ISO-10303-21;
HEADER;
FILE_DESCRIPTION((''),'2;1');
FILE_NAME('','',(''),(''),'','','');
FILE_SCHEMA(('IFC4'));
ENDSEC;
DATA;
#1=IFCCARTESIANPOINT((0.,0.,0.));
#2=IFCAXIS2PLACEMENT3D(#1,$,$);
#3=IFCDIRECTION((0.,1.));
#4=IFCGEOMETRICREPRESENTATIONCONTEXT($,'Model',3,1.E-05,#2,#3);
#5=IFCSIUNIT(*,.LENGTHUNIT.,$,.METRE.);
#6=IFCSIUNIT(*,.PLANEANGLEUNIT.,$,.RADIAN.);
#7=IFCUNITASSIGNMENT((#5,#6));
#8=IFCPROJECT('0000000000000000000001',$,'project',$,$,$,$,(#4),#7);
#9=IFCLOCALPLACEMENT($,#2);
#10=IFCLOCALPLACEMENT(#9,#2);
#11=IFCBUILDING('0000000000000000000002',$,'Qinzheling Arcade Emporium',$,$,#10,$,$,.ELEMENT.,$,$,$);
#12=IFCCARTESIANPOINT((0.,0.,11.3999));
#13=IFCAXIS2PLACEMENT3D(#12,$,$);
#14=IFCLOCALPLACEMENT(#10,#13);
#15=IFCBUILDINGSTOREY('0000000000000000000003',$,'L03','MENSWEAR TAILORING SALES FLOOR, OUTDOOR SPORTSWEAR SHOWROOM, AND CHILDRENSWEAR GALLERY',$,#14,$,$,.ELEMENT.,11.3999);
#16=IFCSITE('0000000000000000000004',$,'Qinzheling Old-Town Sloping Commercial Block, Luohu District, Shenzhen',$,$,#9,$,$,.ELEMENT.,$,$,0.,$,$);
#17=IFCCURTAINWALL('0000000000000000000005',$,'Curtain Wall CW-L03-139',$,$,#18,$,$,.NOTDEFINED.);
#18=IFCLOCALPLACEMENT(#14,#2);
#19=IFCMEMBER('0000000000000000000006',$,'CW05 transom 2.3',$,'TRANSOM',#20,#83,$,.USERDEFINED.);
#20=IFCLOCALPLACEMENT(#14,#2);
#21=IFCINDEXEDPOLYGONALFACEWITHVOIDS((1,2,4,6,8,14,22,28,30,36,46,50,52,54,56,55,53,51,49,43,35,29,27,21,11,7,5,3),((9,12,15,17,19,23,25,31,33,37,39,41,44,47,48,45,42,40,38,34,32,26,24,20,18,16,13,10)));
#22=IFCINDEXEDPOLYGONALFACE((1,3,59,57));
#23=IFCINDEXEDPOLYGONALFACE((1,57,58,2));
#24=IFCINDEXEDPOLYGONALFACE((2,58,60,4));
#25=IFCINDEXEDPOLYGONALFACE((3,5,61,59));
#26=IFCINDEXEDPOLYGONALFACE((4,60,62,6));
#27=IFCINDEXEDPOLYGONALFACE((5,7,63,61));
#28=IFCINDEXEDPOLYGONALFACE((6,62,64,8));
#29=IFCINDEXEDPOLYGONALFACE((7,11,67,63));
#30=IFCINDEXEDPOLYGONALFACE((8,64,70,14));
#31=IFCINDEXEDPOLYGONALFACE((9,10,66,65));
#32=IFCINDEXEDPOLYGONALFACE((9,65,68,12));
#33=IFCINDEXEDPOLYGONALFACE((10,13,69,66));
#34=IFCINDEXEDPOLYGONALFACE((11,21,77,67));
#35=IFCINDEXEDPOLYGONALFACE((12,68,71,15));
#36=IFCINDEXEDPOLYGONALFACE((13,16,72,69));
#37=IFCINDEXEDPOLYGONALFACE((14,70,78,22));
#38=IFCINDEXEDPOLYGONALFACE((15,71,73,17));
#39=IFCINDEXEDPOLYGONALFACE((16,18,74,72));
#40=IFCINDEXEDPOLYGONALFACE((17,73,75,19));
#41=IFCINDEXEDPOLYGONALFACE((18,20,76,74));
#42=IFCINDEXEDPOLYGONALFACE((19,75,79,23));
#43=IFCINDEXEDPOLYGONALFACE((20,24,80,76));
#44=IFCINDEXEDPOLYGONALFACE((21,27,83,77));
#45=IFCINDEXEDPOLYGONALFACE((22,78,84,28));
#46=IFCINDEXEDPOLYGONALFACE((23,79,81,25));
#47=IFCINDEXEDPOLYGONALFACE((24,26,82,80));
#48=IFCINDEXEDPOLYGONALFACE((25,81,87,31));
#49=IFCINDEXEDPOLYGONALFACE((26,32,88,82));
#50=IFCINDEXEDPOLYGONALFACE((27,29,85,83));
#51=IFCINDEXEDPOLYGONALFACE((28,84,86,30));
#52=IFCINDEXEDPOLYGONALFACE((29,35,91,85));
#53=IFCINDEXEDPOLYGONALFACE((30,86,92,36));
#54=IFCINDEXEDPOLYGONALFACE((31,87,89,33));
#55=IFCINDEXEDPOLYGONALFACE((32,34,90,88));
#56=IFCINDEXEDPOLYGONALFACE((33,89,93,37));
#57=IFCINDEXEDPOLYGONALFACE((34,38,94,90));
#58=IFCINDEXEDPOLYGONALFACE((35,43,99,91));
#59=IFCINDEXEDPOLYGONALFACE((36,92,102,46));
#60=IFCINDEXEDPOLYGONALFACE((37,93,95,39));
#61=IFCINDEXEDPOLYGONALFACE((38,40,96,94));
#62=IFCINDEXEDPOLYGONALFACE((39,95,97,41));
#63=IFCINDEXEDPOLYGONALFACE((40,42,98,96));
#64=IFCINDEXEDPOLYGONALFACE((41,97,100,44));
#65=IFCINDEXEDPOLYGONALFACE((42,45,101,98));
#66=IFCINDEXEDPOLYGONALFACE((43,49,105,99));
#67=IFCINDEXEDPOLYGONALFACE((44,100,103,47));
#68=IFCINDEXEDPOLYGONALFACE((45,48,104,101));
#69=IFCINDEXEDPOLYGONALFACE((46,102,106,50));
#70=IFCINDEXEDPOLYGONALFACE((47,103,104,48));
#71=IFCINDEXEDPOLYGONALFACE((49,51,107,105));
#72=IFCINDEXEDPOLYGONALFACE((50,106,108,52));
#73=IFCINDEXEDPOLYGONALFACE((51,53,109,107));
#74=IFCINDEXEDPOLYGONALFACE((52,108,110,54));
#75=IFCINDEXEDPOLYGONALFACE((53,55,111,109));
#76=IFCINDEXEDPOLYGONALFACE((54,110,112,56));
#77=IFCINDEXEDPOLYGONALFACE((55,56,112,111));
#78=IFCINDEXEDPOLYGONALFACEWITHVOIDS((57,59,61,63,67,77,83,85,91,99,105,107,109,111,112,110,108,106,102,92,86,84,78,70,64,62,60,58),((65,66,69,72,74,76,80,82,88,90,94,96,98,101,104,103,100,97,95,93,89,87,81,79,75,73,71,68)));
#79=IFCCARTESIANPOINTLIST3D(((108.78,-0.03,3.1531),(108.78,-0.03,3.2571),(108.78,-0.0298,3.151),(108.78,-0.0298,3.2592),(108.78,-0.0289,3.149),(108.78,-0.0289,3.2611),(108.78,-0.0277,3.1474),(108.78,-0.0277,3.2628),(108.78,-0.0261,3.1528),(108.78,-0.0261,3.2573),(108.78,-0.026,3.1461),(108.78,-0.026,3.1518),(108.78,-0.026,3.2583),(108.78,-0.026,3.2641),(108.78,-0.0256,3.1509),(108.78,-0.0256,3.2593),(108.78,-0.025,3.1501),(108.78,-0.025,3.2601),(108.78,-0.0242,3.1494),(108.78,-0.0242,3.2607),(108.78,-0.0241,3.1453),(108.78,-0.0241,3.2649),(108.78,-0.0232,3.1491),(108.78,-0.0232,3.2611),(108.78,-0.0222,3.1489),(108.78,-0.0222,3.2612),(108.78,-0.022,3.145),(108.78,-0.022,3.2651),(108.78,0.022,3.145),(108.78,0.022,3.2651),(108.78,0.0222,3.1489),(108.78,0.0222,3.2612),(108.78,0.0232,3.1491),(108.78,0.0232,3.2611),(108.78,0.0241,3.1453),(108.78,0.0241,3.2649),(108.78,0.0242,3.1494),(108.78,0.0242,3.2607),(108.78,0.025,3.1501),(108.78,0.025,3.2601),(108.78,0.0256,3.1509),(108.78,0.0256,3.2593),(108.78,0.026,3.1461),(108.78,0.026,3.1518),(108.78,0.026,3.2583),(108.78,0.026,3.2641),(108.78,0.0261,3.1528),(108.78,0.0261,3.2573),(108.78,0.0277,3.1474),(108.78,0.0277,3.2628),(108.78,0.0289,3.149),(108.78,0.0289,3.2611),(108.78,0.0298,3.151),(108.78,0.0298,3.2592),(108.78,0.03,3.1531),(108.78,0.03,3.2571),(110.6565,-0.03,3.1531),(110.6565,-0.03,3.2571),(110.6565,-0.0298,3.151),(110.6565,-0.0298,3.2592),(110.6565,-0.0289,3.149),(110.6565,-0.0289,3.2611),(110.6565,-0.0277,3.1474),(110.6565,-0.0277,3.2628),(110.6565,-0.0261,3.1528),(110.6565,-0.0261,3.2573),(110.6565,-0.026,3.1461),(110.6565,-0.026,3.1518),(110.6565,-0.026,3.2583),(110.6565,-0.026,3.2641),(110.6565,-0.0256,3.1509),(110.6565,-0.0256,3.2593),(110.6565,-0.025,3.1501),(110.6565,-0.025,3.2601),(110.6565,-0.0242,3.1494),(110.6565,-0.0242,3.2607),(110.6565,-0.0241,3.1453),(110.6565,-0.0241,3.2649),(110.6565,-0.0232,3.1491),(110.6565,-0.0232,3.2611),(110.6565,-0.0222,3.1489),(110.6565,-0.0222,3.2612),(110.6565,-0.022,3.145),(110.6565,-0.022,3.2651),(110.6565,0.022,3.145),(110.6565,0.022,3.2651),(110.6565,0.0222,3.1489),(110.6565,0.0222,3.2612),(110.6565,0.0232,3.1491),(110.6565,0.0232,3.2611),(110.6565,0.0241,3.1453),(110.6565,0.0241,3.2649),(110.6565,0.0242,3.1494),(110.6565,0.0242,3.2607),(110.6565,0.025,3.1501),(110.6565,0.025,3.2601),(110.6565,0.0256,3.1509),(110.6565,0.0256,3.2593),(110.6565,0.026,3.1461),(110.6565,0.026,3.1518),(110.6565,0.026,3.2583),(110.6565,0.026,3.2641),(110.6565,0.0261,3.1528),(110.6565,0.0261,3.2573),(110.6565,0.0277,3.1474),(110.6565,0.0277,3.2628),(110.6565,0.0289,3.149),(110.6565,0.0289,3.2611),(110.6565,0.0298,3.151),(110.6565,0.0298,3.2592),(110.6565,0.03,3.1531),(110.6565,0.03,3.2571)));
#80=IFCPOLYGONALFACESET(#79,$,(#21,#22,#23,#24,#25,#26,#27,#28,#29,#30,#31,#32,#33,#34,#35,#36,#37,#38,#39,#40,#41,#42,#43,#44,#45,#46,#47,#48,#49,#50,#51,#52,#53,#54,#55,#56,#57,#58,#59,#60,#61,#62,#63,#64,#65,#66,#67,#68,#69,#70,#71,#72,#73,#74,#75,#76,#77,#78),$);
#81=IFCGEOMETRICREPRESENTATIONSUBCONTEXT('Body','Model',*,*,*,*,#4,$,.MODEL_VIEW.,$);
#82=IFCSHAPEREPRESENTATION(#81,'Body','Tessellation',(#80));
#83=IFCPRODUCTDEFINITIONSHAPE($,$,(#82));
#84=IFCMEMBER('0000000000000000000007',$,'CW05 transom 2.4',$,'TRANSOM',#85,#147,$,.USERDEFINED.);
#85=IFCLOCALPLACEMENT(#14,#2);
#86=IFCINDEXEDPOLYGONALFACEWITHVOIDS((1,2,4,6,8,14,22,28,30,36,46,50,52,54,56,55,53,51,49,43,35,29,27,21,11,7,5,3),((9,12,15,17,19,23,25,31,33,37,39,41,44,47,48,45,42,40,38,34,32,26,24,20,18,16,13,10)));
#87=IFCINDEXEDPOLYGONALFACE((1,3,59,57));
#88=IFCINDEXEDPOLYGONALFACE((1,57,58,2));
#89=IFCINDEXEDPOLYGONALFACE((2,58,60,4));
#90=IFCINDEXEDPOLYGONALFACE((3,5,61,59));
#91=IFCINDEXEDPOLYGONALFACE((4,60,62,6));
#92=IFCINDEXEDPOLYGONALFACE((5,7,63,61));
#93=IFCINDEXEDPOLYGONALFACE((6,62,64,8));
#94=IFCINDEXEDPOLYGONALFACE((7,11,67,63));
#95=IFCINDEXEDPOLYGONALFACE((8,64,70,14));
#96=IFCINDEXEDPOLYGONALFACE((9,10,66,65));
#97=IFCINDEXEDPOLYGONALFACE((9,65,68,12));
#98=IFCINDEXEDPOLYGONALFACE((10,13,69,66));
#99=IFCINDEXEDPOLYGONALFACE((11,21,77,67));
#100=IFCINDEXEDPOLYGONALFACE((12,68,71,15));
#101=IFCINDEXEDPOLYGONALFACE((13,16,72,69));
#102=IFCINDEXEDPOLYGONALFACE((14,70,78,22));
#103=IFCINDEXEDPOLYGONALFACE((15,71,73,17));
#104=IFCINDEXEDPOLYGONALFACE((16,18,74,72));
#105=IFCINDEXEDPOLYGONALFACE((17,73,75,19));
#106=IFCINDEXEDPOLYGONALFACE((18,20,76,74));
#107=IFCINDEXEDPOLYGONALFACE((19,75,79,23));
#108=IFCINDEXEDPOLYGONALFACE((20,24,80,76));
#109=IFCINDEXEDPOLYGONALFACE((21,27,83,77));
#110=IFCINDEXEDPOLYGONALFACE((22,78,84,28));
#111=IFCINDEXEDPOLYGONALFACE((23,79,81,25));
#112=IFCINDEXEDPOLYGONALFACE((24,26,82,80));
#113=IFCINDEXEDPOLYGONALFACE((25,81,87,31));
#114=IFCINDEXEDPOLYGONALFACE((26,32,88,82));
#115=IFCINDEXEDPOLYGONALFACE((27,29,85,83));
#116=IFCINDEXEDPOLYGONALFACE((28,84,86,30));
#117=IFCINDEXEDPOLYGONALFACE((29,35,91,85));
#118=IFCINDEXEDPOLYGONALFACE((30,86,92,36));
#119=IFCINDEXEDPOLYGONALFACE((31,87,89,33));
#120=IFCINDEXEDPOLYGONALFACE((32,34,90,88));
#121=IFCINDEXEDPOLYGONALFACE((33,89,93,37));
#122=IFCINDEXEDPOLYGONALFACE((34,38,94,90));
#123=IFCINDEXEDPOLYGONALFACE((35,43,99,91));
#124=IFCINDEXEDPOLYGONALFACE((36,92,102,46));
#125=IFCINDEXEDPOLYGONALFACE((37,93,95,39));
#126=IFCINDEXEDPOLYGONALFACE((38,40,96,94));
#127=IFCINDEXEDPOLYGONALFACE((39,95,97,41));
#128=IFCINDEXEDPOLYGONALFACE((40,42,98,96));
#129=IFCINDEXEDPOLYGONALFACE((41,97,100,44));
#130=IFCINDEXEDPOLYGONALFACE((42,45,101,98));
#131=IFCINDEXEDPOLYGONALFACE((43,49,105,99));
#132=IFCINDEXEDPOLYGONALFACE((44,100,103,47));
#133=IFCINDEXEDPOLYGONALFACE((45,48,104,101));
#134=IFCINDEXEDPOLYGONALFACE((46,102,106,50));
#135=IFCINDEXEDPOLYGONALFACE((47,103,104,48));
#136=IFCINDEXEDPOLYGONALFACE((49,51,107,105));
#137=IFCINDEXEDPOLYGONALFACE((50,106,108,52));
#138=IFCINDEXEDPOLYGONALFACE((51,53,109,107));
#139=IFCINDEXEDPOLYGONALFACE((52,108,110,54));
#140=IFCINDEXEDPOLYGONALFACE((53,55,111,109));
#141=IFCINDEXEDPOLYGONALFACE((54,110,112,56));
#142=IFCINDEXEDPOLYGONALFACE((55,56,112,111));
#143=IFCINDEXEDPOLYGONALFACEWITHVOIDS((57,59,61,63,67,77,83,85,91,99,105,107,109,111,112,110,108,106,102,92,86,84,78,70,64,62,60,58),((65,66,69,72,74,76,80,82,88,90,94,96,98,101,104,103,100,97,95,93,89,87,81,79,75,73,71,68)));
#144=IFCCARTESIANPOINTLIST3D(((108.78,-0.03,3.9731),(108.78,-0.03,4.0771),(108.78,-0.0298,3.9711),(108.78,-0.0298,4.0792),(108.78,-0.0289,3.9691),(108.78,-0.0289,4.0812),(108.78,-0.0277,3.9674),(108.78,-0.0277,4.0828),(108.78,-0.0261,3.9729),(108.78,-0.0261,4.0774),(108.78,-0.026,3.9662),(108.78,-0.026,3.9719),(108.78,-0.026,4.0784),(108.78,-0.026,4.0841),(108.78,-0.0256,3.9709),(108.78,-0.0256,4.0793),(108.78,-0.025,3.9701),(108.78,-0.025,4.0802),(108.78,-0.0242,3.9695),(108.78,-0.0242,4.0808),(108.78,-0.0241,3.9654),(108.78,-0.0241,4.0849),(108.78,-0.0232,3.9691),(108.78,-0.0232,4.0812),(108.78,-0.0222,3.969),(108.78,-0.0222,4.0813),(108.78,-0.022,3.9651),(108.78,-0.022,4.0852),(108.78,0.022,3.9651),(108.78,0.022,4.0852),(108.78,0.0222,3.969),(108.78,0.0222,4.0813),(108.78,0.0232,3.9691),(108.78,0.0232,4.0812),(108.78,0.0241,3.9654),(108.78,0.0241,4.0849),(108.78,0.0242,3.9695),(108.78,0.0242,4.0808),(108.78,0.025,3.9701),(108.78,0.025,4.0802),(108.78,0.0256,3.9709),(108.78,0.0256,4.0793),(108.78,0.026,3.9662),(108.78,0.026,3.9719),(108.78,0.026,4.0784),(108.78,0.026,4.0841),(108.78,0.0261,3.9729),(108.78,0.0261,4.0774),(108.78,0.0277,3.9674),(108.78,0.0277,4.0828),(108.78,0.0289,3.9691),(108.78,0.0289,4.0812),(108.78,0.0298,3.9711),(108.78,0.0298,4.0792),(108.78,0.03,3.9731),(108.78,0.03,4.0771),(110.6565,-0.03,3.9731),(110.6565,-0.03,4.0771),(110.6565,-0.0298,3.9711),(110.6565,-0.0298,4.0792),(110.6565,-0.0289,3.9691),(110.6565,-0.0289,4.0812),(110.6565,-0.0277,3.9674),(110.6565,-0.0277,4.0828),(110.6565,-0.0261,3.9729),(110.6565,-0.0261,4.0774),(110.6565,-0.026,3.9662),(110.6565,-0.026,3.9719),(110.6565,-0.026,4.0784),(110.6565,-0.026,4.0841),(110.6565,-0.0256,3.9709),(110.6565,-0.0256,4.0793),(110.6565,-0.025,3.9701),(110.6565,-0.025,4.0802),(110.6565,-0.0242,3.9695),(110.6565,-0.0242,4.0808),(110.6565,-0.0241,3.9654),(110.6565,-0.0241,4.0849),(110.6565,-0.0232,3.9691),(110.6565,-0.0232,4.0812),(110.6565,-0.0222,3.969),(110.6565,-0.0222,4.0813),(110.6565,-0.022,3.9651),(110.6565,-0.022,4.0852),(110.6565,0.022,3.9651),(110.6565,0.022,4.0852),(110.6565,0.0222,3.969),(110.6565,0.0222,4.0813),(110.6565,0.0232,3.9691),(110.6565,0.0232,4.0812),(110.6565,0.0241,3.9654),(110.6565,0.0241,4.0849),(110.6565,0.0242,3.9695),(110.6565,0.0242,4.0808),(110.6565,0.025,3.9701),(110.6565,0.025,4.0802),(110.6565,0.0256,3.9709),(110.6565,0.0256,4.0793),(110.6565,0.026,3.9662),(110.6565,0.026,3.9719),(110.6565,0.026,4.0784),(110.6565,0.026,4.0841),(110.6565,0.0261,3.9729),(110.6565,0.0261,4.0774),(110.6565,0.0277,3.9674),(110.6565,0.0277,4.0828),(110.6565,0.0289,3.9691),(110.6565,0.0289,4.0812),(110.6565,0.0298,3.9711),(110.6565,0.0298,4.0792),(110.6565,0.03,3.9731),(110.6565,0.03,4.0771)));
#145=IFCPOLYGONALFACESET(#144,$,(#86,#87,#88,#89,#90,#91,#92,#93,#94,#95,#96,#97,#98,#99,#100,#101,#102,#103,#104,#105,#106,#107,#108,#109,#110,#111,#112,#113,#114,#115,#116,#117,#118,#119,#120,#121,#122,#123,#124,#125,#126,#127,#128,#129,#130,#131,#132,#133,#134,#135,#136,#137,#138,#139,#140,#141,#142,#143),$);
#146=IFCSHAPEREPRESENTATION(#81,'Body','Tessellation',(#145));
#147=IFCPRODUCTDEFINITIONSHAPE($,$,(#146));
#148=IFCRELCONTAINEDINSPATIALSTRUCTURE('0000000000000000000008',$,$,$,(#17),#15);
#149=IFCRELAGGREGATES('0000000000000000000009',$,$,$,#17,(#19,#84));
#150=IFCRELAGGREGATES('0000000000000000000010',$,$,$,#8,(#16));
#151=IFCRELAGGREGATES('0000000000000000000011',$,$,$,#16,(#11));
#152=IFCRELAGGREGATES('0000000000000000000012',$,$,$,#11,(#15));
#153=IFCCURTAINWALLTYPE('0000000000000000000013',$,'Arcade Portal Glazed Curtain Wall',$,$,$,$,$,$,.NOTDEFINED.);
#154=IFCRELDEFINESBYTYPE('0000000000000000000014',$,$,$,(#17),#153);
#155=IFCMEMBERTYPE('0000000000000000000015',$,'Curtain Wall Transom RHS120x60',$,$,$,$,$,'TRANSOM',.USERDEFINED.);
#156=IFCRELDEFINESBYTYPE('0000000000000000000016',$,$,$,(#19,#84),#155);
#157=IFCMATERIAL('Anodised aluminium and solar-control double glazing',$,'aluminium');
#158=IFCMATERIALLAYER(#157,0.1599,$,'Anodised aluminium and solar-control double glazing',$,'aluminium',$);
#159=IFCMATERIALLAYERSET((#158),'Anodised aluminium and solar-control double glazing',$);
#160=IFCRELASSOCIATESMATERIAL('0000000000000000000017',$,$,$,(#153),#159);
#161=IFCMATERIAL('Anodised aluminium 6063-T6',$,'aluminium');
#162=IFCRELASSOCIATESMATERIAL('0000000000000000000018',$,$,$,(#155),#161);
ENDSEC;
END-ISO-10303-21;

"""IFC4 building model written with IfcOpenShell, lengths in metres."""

from ifc_helpers import new_model, si_unit, direction, frame, origin, origin_2d, place, context, subcontext, project, spatial, hollow_rectangle, extrude, material, layer, layer_set, material_profile, profile_set, type_object, element, aggregate, save


model = new_model("IFC4")

# Units and contexts
model_context = context("Model", 3, precision=1e-05, world=origin(), true_north=direction((0.0, 1.0)))
body_context = subcontext(model_context, "Body", "Model", "MODEL_VIEW")
ifc_project = project(units=[si_unit("LENGTHUNIT", "METRE"), si_unit("PLANEANGLEUNIT", "RADIAN")], contexts=[model_context])

# Site, building, storey
site_placement = place(None, origin())
site = spatial("IfcSite", under=ifc_project, at=site_placement, Name="Qinzheling Old-Town Sloping Commercial Block, Luohu District, Shenzhen", CompositionType="ELEMENT", RefElevation=0.0)
building_placement = place(site_placement, origin())
building = spatial("IfcBuilding", under=site, at=building_placement, Name="Qinzheling Arcade Emporium", CompositionType="ELEMENT")
storey_placement = place(building_placement, frame((0.0, 0.0, 11.3999)))
storey = spatial("IfcBuildingStorey", under=building, at=storey_placement, Name="L03", Description="MENSWEAR TAILORING SALES FLOOR, OUTDOOR SPORTSWEAR SHOWROOM, AND CHILDRENSWEAR GALLERY", CompositionType="ELEMENT", Elevation=11.3999)

# Curtain wall, members
ifc_material_1 = material(Name="Anodised aluminium and solar-control double glazing", Category="aluminium")
ifc_layer_1 = layer(ifc_material_1, 0.1599, Name="Anodised aluminium and solar-control double glazing", Category="aluminium")
ifc_layer_set_1 = layer_set([ifc_layer_1], Name="Anodised aluminium and solar-control double glazing")
curtain_wall_type = type_object("IfcCurtainWallType", Name="Arcade Portal Glazed Curtain Wall", PredefinedType="NOTDEFINED", material=ifc_layer_set_1)
curtain_wall_placement = place(storey_placement, origin())
curtain_wall = element("IfcCurtainWall", 1, at=curtain_wall_placement, inside=storey, type_object=curtain_wall_type, Name="Curtain Wall CW-L03-139", PredefinedType="NOTDEFINED")
ifc_material_2 = material(Name="Anodised aluminium 6063-T6", Category="aluminium")
ifc_material_profile_1 = material_profile(ifc_material_2, hollow_rectangle(XDim=0.0601, YDim=0.1201, WallThickness=0.0039, InnerFilletRadius=0.0039, OuterFilletRadius=0.0081, at=origin_2d()), Name="RHS 120x60x4", Category="aluminium")
ifc_profile_set_1 = profile_set([ifc_material_profile_1], Name="Anodised aluminium 6063-T6")
member_type_1 = type_object("IfcMemberType", Name="Curtain Wall Transom RHS120x60", ElementType="TRANSOM", PredefinedType="USERDEFINED", material=ifc_profile_set_1)
member_1_placement = place(storey_placement, frame((110.6565, 0.0, 3.2051), z_axis=(-1.0, 0.0, 0.0), x_axis=(0.0, -1.0, 0.0)))
member_1 = element("IfcMember", 2, at=member_1_placement, type_object=member_type_1, Name="CW05 transom 2.3", ObjectType="TRANSOM", PredefinedType="USERDEFINED", context=body_context, shape_type="SweptSolid", body=[
    extrude(hollow_rectangle(XDim=0.0601, YDim=0.1201, WallThickness=0.0039, InnerFilletRadius=0.0039, OuterFilletRadius=0.0081, at=origin_2d()), origin(), (0.0, 0.0, 1.0), 1.8765),
])
member_2_placement = place(storey_placement, frame((110.6565, 0.0, 4.0251), z_axis=(-1.0, 0.0, 0.0), x_axis=(0.0, -1.0, 0.0)))
member_2 = element("IfcMember", 3, at=member_2_placement, type_object=member_type_1, Name="CW05 transom 2.4", ObjectType="TRANSOM", PredefinedType="USERDEFINED", context=body_context, shape_type="SweptSolid", body=[
    extrude(hollow_rectangle(XDim=0.0601, YDim=0.1201, WallThickness=0.0039, InnerFilletRadius=0.0039, OuterFilletRadius=0.0081, at=origin_2d()), origin(), (0.0, 0.0, 1.0), 1.8765),
])

aggregate(curtain_wall, [member_1, member_2])

save(model, "model.ifc")
